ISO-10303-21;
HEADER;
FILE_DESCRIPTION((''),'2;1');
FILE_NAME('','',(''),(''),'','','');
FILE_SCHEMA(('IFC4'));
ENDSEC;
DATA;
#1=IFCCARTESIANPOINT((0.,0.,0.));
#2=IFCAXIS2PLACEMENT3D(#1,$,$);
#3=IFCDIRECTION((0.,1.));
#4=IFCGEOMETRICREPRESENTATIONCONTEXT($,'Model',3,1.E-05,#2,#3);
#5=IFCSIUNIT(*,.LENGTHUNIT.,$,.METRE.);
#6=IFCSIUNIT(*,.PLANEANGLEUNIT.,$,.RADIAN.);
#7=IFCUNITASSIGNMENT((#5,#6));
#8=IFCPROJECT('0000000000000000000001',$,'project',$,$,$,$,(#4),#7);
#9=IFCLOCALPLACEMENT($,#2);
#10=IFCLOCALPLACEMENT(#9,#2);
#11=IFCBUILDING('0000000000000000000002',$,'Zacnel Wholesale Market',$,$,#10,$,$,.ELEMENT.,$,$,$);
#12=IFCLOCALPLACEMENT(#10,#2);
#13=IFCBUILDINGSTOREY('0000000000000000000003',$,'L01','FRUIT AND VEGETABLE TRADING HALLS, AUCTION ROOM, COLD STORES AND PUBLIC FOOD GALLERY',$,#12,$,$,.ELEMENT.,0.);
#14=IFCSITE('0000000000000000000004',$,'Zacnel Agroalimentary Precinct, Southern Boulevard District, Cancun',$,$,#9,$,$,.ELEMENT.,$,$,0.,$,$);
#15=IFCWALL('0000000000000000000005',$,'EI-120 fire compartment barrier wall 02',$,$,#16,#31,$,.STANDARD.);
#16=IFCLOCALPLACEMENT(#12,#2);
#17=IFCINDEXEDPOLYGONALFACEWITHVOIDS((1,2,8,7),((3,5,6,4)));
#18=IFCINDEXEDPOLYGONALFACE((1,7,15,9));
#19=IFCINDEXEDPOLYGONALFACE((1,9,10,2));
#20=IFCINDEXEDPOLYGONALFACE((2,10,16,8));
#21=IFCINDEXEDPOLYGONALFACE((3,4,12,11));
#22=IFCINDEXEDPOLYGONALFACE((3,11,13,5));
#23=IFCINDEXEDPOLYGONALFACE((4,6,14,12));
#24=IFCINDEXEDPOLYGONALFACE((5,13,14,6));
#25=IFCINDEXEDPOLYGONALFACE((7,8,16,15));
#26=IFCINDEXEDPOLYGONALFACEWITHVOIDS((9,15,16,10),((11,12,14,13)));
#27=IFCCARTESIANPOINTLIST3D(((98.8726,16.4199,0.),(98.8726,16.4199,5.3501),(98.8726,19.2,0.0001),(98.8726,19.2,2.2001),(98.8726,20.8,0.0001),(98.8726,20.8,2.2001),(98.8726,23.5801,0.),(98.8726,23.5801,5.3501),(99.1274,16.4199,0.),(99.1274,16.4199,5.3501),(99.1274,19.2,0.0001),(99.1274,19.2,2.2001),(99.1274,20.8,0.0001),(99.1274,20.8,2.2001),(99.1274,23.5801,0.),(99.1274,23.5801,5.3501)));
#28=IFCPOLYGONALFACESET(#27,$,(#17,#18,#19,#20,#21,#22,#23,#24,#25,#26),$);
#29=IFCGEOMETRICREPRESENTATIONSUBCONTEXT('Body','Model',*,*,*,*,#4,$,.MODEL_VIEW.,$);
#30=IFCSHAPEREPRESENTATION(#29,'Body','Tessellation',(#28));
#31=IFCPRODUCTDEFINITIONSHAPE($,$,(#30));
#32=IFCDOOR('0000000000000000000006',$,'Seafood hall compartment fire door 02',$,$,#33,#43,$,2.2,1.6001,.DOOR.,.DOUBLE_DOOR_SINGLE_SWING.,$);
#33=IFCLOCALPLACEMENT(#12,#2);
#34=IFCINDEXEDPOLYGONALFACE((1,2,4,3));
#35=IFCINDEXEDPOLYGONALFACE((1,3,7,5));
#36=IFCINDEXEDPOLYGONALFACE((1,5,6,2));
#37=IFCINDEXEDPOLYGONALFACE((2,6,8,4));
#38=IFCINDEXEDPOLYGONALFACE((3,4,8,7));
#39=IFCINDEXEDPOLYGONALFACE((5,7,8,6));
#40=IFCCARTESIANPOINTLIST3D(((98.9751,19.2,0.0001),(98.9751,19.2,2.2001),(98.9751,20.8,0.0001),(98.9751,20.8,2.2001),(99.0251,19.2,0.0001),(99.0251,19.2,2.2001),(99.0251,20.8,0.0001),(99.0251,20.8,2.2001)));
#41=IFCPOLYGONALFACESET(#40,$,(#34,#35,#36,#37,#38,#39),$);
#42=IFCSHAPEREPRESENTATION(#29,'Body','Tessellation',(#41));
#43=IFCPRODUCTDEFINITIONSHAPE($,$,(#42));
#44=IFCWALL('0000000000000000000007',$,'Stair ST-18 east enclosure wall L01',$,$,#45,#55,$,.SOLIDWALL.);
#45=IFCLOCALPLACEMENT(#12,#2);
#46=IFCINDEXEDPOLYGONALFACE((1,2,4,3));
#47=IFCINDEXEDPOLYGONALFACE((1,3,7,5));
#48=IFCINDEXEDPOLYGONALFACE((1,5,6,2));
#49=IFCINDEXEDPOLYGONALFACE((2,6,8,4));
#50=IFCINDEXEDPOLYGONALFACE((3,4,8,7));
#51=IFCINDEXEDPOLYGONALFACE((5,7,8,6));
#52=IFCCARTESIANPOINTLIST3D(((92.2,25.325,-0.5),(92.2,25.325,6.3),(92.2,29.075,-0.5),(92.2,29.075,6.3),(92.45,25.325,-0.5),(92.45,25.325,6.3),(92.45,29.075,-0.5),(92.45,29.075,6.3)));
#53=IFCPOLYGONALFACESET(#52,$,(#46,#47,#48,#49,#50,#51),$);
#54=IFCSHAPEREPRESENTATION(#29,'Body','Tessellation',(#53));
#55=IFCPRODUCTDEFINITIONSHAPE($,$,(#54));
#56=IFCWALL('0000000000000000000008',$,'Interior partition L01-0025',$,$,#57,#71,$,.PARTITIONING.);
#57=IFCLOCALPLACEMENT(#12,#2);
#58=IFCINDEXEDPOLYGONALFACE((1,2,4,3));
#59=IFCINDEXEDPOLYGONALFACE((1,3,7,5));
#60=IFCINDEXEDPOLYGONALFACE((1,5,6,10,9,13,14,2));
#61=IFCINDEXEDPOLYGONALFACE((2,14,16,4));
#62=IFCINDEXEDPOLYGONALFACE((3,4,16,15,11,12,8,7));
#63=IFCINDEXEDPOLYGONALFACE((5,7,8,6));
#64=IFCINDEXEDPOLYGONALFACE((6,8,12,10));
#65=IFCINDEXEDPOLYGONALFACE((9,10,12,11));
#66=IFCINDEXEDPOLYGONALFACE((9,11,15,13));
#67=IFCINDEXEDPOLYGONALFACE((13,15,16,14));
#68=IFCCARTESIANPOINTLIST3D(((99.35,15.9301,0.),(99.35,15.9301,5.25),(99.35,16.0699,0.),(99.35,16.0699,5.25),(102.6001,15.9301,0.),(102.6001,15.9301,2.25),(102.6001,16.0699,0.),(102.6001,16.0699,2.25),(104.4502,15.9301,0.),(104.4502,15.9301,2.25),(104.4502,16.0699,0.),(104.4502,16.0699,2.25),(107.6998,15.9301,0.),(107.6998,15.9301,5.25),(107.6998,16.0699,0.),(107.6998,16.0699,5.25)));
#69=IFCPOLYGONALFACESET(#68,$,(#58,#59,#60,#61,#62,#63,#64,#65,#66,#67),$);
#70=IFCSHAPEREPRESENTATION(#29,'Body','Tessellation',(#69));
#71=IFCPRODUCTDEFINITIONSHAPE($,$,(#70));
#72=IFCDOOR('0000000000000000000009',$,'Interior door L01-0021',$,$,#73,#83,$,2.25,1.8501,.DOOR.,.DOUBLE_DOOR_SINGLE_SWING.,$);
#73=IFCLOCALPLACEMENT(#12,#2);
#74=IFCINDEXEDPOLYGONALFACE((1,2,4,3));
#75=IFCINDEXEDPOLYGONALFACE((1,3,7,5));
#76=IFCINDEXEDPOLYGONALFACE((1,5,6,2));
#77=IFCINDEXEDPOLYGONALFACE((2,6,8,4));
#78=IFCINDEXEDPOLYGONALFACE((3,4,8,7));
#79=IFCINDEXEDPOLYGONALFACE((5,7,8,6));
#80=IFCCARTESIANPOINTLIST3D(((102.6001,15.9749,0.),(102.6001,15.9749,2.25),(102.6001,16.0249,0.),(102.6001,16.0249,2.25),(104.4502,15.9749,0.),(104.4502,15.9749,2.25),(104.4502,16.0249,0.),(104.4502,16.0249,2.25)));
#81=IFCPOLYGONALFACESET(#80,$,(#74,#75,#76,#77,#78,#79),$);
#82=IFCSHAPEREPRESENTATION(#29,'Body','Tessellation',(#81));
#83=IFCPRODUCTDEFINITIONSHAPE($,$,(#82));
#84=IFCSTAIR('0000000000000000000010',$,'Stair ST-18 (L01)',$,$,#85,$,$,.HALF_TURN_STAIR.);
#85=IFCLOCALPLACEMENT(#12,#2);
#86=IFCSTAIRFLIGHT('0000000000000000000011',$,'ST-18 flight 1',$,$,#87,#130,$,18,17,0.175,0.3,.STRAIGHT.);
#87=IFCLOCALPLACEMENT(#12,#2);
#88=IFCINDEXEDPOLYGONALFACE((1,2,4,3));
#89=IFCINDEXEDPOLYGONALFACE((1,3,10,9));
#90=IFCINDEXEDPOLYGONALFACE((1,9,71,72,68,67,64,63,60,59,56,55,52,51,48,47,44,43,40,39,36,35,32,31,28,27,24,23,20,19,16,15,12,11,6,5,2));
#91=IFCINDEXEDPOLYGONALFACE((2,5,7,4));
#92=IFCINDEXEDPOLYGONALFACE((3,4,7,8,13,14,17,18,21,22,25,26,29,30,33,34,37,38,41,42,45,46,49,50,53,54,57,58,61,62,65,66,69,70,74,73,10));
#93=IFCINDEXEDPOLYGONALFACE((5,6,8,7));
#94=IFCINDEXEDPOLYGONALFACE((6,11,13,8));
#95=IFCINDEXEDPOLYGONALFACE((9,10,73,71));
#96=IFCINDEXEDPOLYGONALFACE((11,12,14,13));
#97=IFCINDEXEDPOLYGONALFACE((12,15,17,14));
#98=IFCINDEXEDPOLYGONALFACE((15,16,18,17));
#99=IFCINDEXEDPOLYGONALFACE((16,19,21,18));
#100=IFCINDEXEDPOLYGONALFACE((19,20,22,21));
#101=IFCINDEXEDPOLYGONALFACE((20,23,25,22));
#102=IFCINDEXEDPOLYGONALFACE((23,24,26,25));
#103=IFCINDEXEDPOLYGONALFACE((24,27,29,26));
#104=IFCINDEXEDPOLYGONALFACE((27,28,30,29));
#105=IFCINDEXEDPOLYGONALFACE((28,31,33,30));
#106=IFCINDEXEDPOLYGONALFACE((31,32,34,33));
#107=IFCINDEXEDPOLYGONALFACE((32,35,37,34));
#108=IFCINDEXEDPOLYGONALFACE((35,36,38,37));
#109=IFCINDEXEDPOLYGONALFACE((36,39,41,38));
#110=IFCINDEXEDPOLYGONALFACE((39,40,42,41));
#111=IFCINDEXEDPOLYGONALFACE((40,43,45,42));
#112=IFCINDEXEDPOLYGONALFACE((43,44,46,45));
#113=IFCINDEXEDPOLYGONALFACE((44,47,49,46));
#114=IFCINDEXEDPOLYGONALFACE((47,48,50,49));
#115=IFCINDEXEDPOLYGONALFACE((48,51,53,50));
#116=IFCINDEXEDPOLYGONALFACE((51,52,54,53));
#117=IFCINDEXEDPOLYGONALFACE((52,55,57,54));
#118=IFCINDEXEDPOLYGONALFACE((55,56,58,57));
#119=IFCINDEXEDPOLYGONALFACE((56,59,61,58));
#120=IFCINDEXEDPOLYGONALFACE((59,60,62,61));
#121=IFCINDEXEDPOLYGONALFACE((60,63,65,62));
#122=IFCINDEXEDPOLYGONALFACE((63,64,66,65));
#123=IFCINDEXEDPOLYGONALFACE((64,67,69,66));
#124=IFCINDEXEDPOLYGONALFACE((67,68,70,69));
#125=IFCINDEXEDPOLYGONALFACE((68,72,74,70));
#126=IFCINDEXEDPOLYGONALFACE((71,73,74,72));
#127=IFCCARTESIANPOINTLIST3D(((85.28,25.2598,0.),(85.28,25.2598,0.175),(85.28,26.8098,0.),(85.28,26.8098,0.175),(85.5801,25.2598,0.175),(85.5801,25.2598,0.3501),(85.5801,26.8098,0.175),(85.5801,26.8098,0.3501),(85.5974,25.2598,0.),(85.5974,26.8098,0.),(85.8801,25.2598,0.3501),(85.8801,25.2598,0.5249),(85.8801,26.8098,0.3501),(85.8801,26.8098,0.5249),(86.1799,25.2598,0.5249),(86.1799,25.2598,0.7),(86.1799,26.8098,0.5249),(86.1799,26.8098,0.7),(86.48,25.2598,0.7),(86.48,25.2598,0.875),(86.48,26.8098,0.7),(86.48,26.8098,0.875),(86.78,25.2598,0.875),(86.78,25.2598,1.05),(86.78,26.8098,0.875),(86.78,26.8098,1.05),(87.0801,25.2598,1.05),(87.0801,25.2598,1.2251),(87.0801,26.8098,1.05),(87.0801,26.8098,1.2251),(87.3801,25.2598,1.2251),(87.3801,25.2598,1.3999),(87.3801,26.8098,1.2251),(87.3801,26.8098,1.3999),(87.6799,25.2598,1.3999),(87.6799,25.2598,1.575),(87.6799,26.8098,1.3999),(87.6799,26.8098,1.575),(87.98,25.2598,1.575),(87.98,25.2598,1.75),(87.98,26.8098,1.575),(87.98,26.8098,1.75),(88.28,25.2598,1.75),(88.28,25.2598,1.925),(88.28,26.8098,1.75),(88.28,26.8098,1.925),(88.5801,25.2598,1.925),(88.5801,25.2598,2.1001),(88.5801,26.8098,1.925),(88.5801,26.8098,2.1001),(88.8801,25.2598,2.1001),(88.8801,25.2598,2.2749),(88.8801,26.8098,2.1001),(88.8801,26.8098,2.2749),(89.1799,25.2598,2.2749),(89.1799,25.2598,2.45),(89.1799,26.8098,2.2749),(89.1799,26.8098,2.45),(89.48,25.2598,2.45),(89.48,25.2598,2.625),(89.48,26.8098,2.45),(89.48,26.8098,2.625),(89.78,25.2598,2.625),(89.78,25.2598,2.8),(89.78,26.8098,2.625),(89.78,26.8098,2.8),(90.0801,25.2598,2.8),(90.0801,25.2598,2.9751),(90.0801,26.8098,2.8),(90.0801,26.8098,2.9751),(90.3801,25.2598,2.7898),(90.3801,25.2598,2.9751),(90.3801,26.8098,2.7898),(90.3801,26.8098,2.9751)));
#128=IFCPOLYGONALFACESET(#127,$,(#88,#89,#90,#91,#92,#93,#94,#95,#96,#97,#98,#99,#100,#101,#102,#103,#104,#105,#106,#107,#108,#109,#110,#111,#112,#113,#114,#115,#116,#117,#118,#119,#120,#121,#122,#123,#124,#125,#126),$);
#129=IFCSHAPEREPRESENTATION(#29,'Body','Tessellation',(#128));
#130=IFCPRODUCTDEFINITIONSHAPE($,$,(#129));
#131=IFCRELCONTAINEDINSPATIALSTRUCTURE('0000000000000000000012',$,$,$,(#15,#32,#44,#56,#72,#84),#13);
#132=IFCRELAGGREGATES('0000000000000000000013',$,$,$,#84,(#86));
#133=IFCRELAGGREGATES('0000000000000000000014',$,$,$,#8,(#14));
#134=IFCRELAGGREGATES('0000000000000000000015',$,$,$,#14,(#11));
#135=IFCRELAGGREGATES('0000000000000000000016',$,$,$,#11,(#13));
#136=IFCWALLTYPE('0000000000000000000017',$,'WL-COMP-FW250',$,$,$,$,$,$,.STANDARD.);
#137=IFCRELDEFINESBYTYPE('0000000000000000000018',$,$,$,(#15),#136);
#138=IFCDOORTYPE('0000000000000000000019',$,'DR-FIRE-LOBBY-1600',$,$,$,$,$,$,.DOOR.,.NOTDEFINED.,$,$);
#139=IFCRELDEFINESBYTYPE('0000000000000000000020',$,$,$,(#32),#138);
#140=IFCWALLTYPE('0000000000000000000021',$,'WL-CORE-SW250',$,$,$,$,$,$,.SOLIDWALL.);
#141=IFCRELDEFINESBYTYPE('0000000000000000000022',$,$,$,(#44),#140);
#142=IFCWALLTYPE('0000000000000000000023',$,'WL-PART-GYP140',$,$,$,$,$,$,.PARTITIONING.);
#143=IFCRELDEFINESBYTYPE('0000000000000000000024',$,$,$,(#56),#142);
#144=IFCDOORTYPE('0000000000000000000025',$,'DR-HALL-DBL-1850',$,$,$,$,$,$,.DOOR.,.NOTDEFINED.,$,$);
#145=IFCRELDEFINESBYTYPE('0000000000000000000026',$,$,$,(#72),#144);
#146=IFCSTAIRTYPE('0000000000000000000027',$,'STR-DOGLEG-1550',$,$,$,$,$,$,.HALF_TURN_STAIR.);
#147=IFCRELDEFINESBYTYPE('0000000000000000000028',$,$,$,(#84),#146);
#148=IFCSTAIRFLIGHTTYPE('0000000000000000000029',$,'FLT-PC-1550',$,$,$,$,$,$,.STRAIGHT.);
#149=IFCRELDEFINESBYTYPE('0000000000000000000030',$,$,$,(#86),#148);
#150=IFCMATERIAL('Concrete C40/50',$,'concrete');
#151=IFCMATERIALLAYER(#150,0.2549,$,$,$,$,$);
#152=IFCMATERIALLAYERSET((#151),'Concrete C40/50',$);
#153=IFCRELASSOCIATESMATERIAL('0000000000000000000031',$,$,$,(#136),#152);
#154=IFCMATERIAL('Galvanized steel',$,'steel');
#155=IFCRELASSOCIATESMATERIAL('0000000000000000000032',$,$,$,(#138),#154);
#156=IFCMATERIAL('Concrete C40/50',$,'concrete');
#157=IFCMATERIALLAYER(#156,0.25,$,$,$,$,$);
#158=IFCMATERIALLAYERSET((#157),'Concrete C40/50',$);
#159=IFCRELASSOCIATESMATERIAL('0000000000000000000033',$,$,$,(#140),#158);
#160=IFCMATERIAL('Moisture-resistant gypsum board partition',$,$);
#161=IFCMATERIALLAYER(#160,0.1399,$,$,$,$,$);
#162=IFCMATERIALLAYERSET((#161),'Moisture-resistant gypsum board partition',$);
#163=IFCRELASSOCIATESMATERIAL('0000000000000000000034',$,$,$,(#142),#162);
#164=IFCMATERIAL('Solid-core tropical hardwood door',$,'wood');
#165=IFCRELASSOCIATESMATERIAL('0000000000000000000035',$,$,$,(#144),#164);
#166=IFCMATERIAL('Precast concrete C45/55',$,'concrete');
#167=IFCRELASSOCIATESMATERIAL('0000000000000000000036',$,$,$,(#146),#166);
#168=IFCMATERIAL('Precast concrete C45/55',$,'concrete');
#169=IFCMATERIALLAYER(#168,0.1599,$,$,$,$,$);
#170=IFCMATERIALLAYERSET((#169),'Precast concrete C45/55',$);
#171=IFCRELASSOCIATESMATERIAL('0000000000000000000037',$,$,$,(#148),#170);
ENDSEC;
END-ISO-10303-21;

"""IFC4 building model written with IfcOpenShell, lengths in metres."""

from ifc_helpers import new_model, si_unit, direction, frame, frame_2d, origin, place, context, subcontext, project, spatial, polyline, rectangle, outline, extrude, material, layer, layer_set, type_object, element, fill, aggregate, save


model = new_model("IFC4")

# Units and contexts
model_context = context("Model", 3, precision=1e-05, world=origin(), true_north=direction((0.0, 1.0)))
body_context = subcontext(model_context, "Body", "Model", "MODEL_VIEW")
ifc_project = project(units=[si_unit("LENGTHUNIT", "METRE"), si_unit("PLANEANGLEUNIT", "RADIAN")], contexts=[model_context])

# Site, building, storey
site_placement = place(None, origin())
site = spatial("IfcSite", under=ifc_project, at=site_placement, Name="Zacnel Agroalimentary Precinct, Southern Boulevard District, Cancun", CompositionType="ELEMENT", RefElevation=0.0)
building_placement = place(site_placement, origin())
building = spatial("IfcBuilding", under=site, at=building_placement, Name="Zacnel Wholesale Market", CompositionType="ELEMENT")
storey_placement = place(building_placement, origin())
storey = spatial("IfcBuildingStorey", under=building, at=storey_placement, Name="L01", Description="FRUIT AND VEGETABLE TRADING HALLS, AUCTION ROOM, COLD STORES AND PUBLIC FOOD GALLERY", CompositionType="ELEMENT", Elevation=0.0)

# Wall, opening, door
ifc_material_1 = material(Name="Concrete C40/50", Category="concrete")
ifc_layer_1 = layer(ifc_material_1, 0.2549)
ifc_layer_set_1 = layer_set([ifc_layer_1], Name="Concrete C40/50")
wall_type_1 = type_object("IfcWallType", Name="WL-COMP-FW250", PredefinedType="STANDARD", material=ifc_layer_set_1)
wall_1_placement = place(storey_placement, frame((99.0, 16.4199, 0.0), z_axis=(0.0, 0.0, 1.0), x_axis=(0.0, 1.0, 0.0)))
wall_1 = element("IfcWall", 1, at=wall_1_placement, inside=storey, type_object=wall_type_1, Name="EI-120 fire compartment barrier wall 02", PredefinedType="STANDARD", context=body_context, shape_type="SweptSolid", body=[
    extrude(rectangle(XDim=7.1602, YDim=0.2549, at=frame_2d((3.5801, 0.0))), origin(), (0.0, 0.0, 1.0), 5.3501),
])
opening_1_placement = place(wall_1_placement, frame((2.78, 0.0, 0.0)))
opening_1 = element("IfcOpeningElement", 2, at=opening_1_placement, cuts=wall_1, PredefinedType="OPENING", context=body_context, shape_type="SweptSolid", body=[
    extrude(rectangle(XDim=1.6001, YDim=2.2, at=frame_2d((0.8, 1.1001))), frame((0.0, 0.1375, 0.0), z_axis=(0.0, -1.0, 0.0), x_axis=(1.0, 0.0, 0.0)), (0.0, 0.0, 1.0), 0.2749),
])
ifc_material_2 = material(Name="Galvanized steel", Category="steel")
door_type_1 = type_object("IfcDoorType", Name="DR-FIRE-LOBBY-1600", OperationType="NOTDEFINED", PredefinedType="DOOR", material=ifc_material_2)
door_1_placement = place(opening_1_placement, origin())
door_1 = element("IfcDoor", 3, at=door_1_placement, inside=storey, type_object=door_type_1, Name="Seafood hall compartment fire door 02", OperationType="DOUBLE_DOOR_SINGLE_SWING", OverallHeight=2.2, OverallWidth=1.6001, PredefinedType="DOOR", context=body_context, shape_type="SweptSolid", body=[
    extrude(rectangle(XDim=1.6001, YDim=2.2, at=frame_2d((0.8, 1.1001))), frame((0.0, 0.0249, 0.0), z_axis=(0.0, -1.0, 0.0), x_axis=(1.0, 0.0, 0.0)), (0.0, 0.0, 1.0), 0.05),
])
fill(opening_1, door_1)

# Wall
ifc_material_3 = material(Name="Concrete C40/50", Category="concrete")
ifc_layer_2 = layer(ifc_material_3, 0.25)
ifc_layer_set_2 = layer_set([ifc_layer_2], Name="Concrete C40/50")
wall_type_2 = type_object("IfcWallType", Name="WL-CORE-SW250", PredefinedType="SOLIDWALL", material=ifc_layer_set_2)
wall_2_placement = place(storey_placement, frame((92.325, 25.325, -0.5), z_axis=(0.0, 0.0, 1.0), x_axis=(0.0, 1.0, 0.0)))
element("IfcWall", 4, at=wall_2_placement, inside=storey, type_object=wall_type_2, Name="Stair ST-18 east enclosure wall L01", PredefinedType="SOLIDWALL", context=body_context, shape_type="SweptSolid", body=[
    extrude(rectangle(XDim=3.75, YDim=0.25, at=frame_2d((1.875, 0.0))), origin(), (0.0, 0.0, 1.0), 6.8),
])

# Wall, opening, door
ifc_material_4 = material(Name="Moisture-resistant gypsum board partition")
ifc_layer_3 = layer(ifc_material_4, 0.1399)
ifc_layer_set_3 = layer_set([ifc_layer_3], Name="Moisture-resistant gypsum board partition")
wall_type_3 = type_object("IfcWallType", Name="WL-PART-GYP140", PredefinedType="PARTITIONING", material=ifc_layer_set_3)
wall_3_placement = place(storey_placement, frame((99.3501, 16.0, 0.0), z_axis=(0.0, 0.0, 1.0), x_axis=(1.0, 0.0, 0.0)))
wall_3 = element("IfcWall", 5, at=wall_3_placement, inside=storey, type_object=wall_type_3, Name="Interior partition L01-0025", PredefinedType="PARTITIONING", context=body_context, shape_type="SweptSolid", body=[
    extrude(rectangle(XDim=8.3499, YDim=0.1399, at=frame_2d((4.1748, 0.0))), origin(), (0.0, 0.0, 1.0), 5.25),
])
opening_2_placement = place(wall_3_placement, frame((3.25, 0.0, 0.0)))
opening_2 = element("IfcOpeningElement", 6, at=opening_2_placement, cuts=wall_3, PredefinedType="OPENING", context=body_context, shape_type="SweptSolid", body=[
    extrude(rectangle(XDim=1.8501, YDim=2.25, at=frame_2d((0.925, 1.125))), frame((0.0, 0.0798, 0.0), z_axis=(0.0, -1.0, 0.0), x_axis=(1.0, 0.0, 0.0)), (0.0, 0.0, 1.0), 0.1599),
])
ifc_material_5 = material(Name="Solid-core tropical hardwood door", Category="wood")
door_type_2 = type_object("IfcDoorType", Name="DR-HALL-DBL-1850", OperationType="NOTDEFINED", PredefinedType="DOOR", material=ifc_material_5)
door_2_placement = place(opening_2_placement, origin())
door_2 = element("IfcDoor", 7, at=door_2_placement, inside=storey, type_object=door_type_2, Name="Interior door L01-0021", OperationType="DOUBLE_DOOR_SINGLE_SWING", OverallHeight=2.25, OverallWidth=1.8501, PredefinedType="DOOR", context=body_context, shape_type="SweptSolid", body=[
    extrude(rectangle(XDim=1.8501, YDim=2.25, at=frame_2d((0.925, 1.125))), frame((0.0, 0.0249, 0.0), z_axis=(0.0, -1.0, 0.0), x_axis=(1.0, 0.0, 0.0)), (0.0, 0.0, 1.0), 0.05),
])
fill(opening_2, door_2)

# Stair, stair flight
ifc_material_6 = material(Name="Precast concrete C45/55", Category="concrete")
stair_type = type_object("IfcStairType", Name="STR-DOGLEG-1550", PredefinedType="HALF_TURN_STAIR", material=ifc_material_6)
stair_placement = place(storey_placement, origin())
stair = element("IfcStair", 8, at=stair_placement, inside=storey, type_object=stair_type, Name="Stair ST-18 (L01)", PredefinedType="HALF_TURN_STAIR")
ifc_material_7 = material(Name="Precast concrete C45/55", Category="concrete")
ifc_layer_4 = layer(ifc_material_7, 0.1599)
ifc_layer_set_4 = layer_set([ifc_layer_4], Name="Precast concrete C45/55")
stair_flight_type = type_object("IfcStairFlightType", Name="FLT-PC-1550", PredefinedType="STRAIGHT", material=ifc_layer_set_4)
stair_flight_1_placement = place(storey_placement, frame((85.28, 26.0349, 0.0), z_axis=(0.0, 0.0, 1.0), x_axis=(1.0, 0.0, 0.0)))
stair_flight_1 = element("IfcStairFlight", 9, at=stair_flight_1_placement, type_object=stair_flight_type, Name="ST-18 flight 1", NumberOfRisers=18, NumberOfTreads=17, PredefinedType="STRAIGHT", RiserHeight=0.175, TreadLength=0.3, context=body_context, shape_type="SweptSolid", body=[
    extrude(outline(polyline([(0.0, 0.0), (0.0, 0.175), (0.3, 0.175), (0.3, 0.3501), (0.6001, 0.3501), (0.6001, 0.5249), (0.8999, 0.5249), (0.8999, 0.7), (1.2, 0.7), (1.2, 0.875), (1.5, 0.875), (1.5, 1.05), (1.8, 1.05), (1.8, 1.2251), (2.1001, 1.2251), (2.1001, 1.3999), (2.3999, 1.3999), (2.3999, 1.575), (2.7, 1.575), (2.7, 1.75), (3.0, 1.75), (3.0, 1.925), (3.3, 1.925), (3.3, 2.1001), (3.6001, 2.1001), (3.6001, 2.2749), (3.8999, 2.2749), (3.8999, 2.45), (4.2, 2.45), (4.2, 2.625), (4.5, 2.625), (4.5, 2.8), (4.8, 2.8), (4.8, 2.9751), (5.1001, 2.9751), (5.1001, 3.1499), (5.1001, 2.7898), (0.3174, 0.0), (0.0, 0.0)])), frame((0.0, 0.7749, 0.0), z_axis=(0.0, -1.0, 0.0), x_axis=(1.0, 0.0, 0.0)), (0.0, 0.0, 1.0), 1.55),
])
aggregate(stair, [stair_flight_1])

save(model, "model.ifc")
